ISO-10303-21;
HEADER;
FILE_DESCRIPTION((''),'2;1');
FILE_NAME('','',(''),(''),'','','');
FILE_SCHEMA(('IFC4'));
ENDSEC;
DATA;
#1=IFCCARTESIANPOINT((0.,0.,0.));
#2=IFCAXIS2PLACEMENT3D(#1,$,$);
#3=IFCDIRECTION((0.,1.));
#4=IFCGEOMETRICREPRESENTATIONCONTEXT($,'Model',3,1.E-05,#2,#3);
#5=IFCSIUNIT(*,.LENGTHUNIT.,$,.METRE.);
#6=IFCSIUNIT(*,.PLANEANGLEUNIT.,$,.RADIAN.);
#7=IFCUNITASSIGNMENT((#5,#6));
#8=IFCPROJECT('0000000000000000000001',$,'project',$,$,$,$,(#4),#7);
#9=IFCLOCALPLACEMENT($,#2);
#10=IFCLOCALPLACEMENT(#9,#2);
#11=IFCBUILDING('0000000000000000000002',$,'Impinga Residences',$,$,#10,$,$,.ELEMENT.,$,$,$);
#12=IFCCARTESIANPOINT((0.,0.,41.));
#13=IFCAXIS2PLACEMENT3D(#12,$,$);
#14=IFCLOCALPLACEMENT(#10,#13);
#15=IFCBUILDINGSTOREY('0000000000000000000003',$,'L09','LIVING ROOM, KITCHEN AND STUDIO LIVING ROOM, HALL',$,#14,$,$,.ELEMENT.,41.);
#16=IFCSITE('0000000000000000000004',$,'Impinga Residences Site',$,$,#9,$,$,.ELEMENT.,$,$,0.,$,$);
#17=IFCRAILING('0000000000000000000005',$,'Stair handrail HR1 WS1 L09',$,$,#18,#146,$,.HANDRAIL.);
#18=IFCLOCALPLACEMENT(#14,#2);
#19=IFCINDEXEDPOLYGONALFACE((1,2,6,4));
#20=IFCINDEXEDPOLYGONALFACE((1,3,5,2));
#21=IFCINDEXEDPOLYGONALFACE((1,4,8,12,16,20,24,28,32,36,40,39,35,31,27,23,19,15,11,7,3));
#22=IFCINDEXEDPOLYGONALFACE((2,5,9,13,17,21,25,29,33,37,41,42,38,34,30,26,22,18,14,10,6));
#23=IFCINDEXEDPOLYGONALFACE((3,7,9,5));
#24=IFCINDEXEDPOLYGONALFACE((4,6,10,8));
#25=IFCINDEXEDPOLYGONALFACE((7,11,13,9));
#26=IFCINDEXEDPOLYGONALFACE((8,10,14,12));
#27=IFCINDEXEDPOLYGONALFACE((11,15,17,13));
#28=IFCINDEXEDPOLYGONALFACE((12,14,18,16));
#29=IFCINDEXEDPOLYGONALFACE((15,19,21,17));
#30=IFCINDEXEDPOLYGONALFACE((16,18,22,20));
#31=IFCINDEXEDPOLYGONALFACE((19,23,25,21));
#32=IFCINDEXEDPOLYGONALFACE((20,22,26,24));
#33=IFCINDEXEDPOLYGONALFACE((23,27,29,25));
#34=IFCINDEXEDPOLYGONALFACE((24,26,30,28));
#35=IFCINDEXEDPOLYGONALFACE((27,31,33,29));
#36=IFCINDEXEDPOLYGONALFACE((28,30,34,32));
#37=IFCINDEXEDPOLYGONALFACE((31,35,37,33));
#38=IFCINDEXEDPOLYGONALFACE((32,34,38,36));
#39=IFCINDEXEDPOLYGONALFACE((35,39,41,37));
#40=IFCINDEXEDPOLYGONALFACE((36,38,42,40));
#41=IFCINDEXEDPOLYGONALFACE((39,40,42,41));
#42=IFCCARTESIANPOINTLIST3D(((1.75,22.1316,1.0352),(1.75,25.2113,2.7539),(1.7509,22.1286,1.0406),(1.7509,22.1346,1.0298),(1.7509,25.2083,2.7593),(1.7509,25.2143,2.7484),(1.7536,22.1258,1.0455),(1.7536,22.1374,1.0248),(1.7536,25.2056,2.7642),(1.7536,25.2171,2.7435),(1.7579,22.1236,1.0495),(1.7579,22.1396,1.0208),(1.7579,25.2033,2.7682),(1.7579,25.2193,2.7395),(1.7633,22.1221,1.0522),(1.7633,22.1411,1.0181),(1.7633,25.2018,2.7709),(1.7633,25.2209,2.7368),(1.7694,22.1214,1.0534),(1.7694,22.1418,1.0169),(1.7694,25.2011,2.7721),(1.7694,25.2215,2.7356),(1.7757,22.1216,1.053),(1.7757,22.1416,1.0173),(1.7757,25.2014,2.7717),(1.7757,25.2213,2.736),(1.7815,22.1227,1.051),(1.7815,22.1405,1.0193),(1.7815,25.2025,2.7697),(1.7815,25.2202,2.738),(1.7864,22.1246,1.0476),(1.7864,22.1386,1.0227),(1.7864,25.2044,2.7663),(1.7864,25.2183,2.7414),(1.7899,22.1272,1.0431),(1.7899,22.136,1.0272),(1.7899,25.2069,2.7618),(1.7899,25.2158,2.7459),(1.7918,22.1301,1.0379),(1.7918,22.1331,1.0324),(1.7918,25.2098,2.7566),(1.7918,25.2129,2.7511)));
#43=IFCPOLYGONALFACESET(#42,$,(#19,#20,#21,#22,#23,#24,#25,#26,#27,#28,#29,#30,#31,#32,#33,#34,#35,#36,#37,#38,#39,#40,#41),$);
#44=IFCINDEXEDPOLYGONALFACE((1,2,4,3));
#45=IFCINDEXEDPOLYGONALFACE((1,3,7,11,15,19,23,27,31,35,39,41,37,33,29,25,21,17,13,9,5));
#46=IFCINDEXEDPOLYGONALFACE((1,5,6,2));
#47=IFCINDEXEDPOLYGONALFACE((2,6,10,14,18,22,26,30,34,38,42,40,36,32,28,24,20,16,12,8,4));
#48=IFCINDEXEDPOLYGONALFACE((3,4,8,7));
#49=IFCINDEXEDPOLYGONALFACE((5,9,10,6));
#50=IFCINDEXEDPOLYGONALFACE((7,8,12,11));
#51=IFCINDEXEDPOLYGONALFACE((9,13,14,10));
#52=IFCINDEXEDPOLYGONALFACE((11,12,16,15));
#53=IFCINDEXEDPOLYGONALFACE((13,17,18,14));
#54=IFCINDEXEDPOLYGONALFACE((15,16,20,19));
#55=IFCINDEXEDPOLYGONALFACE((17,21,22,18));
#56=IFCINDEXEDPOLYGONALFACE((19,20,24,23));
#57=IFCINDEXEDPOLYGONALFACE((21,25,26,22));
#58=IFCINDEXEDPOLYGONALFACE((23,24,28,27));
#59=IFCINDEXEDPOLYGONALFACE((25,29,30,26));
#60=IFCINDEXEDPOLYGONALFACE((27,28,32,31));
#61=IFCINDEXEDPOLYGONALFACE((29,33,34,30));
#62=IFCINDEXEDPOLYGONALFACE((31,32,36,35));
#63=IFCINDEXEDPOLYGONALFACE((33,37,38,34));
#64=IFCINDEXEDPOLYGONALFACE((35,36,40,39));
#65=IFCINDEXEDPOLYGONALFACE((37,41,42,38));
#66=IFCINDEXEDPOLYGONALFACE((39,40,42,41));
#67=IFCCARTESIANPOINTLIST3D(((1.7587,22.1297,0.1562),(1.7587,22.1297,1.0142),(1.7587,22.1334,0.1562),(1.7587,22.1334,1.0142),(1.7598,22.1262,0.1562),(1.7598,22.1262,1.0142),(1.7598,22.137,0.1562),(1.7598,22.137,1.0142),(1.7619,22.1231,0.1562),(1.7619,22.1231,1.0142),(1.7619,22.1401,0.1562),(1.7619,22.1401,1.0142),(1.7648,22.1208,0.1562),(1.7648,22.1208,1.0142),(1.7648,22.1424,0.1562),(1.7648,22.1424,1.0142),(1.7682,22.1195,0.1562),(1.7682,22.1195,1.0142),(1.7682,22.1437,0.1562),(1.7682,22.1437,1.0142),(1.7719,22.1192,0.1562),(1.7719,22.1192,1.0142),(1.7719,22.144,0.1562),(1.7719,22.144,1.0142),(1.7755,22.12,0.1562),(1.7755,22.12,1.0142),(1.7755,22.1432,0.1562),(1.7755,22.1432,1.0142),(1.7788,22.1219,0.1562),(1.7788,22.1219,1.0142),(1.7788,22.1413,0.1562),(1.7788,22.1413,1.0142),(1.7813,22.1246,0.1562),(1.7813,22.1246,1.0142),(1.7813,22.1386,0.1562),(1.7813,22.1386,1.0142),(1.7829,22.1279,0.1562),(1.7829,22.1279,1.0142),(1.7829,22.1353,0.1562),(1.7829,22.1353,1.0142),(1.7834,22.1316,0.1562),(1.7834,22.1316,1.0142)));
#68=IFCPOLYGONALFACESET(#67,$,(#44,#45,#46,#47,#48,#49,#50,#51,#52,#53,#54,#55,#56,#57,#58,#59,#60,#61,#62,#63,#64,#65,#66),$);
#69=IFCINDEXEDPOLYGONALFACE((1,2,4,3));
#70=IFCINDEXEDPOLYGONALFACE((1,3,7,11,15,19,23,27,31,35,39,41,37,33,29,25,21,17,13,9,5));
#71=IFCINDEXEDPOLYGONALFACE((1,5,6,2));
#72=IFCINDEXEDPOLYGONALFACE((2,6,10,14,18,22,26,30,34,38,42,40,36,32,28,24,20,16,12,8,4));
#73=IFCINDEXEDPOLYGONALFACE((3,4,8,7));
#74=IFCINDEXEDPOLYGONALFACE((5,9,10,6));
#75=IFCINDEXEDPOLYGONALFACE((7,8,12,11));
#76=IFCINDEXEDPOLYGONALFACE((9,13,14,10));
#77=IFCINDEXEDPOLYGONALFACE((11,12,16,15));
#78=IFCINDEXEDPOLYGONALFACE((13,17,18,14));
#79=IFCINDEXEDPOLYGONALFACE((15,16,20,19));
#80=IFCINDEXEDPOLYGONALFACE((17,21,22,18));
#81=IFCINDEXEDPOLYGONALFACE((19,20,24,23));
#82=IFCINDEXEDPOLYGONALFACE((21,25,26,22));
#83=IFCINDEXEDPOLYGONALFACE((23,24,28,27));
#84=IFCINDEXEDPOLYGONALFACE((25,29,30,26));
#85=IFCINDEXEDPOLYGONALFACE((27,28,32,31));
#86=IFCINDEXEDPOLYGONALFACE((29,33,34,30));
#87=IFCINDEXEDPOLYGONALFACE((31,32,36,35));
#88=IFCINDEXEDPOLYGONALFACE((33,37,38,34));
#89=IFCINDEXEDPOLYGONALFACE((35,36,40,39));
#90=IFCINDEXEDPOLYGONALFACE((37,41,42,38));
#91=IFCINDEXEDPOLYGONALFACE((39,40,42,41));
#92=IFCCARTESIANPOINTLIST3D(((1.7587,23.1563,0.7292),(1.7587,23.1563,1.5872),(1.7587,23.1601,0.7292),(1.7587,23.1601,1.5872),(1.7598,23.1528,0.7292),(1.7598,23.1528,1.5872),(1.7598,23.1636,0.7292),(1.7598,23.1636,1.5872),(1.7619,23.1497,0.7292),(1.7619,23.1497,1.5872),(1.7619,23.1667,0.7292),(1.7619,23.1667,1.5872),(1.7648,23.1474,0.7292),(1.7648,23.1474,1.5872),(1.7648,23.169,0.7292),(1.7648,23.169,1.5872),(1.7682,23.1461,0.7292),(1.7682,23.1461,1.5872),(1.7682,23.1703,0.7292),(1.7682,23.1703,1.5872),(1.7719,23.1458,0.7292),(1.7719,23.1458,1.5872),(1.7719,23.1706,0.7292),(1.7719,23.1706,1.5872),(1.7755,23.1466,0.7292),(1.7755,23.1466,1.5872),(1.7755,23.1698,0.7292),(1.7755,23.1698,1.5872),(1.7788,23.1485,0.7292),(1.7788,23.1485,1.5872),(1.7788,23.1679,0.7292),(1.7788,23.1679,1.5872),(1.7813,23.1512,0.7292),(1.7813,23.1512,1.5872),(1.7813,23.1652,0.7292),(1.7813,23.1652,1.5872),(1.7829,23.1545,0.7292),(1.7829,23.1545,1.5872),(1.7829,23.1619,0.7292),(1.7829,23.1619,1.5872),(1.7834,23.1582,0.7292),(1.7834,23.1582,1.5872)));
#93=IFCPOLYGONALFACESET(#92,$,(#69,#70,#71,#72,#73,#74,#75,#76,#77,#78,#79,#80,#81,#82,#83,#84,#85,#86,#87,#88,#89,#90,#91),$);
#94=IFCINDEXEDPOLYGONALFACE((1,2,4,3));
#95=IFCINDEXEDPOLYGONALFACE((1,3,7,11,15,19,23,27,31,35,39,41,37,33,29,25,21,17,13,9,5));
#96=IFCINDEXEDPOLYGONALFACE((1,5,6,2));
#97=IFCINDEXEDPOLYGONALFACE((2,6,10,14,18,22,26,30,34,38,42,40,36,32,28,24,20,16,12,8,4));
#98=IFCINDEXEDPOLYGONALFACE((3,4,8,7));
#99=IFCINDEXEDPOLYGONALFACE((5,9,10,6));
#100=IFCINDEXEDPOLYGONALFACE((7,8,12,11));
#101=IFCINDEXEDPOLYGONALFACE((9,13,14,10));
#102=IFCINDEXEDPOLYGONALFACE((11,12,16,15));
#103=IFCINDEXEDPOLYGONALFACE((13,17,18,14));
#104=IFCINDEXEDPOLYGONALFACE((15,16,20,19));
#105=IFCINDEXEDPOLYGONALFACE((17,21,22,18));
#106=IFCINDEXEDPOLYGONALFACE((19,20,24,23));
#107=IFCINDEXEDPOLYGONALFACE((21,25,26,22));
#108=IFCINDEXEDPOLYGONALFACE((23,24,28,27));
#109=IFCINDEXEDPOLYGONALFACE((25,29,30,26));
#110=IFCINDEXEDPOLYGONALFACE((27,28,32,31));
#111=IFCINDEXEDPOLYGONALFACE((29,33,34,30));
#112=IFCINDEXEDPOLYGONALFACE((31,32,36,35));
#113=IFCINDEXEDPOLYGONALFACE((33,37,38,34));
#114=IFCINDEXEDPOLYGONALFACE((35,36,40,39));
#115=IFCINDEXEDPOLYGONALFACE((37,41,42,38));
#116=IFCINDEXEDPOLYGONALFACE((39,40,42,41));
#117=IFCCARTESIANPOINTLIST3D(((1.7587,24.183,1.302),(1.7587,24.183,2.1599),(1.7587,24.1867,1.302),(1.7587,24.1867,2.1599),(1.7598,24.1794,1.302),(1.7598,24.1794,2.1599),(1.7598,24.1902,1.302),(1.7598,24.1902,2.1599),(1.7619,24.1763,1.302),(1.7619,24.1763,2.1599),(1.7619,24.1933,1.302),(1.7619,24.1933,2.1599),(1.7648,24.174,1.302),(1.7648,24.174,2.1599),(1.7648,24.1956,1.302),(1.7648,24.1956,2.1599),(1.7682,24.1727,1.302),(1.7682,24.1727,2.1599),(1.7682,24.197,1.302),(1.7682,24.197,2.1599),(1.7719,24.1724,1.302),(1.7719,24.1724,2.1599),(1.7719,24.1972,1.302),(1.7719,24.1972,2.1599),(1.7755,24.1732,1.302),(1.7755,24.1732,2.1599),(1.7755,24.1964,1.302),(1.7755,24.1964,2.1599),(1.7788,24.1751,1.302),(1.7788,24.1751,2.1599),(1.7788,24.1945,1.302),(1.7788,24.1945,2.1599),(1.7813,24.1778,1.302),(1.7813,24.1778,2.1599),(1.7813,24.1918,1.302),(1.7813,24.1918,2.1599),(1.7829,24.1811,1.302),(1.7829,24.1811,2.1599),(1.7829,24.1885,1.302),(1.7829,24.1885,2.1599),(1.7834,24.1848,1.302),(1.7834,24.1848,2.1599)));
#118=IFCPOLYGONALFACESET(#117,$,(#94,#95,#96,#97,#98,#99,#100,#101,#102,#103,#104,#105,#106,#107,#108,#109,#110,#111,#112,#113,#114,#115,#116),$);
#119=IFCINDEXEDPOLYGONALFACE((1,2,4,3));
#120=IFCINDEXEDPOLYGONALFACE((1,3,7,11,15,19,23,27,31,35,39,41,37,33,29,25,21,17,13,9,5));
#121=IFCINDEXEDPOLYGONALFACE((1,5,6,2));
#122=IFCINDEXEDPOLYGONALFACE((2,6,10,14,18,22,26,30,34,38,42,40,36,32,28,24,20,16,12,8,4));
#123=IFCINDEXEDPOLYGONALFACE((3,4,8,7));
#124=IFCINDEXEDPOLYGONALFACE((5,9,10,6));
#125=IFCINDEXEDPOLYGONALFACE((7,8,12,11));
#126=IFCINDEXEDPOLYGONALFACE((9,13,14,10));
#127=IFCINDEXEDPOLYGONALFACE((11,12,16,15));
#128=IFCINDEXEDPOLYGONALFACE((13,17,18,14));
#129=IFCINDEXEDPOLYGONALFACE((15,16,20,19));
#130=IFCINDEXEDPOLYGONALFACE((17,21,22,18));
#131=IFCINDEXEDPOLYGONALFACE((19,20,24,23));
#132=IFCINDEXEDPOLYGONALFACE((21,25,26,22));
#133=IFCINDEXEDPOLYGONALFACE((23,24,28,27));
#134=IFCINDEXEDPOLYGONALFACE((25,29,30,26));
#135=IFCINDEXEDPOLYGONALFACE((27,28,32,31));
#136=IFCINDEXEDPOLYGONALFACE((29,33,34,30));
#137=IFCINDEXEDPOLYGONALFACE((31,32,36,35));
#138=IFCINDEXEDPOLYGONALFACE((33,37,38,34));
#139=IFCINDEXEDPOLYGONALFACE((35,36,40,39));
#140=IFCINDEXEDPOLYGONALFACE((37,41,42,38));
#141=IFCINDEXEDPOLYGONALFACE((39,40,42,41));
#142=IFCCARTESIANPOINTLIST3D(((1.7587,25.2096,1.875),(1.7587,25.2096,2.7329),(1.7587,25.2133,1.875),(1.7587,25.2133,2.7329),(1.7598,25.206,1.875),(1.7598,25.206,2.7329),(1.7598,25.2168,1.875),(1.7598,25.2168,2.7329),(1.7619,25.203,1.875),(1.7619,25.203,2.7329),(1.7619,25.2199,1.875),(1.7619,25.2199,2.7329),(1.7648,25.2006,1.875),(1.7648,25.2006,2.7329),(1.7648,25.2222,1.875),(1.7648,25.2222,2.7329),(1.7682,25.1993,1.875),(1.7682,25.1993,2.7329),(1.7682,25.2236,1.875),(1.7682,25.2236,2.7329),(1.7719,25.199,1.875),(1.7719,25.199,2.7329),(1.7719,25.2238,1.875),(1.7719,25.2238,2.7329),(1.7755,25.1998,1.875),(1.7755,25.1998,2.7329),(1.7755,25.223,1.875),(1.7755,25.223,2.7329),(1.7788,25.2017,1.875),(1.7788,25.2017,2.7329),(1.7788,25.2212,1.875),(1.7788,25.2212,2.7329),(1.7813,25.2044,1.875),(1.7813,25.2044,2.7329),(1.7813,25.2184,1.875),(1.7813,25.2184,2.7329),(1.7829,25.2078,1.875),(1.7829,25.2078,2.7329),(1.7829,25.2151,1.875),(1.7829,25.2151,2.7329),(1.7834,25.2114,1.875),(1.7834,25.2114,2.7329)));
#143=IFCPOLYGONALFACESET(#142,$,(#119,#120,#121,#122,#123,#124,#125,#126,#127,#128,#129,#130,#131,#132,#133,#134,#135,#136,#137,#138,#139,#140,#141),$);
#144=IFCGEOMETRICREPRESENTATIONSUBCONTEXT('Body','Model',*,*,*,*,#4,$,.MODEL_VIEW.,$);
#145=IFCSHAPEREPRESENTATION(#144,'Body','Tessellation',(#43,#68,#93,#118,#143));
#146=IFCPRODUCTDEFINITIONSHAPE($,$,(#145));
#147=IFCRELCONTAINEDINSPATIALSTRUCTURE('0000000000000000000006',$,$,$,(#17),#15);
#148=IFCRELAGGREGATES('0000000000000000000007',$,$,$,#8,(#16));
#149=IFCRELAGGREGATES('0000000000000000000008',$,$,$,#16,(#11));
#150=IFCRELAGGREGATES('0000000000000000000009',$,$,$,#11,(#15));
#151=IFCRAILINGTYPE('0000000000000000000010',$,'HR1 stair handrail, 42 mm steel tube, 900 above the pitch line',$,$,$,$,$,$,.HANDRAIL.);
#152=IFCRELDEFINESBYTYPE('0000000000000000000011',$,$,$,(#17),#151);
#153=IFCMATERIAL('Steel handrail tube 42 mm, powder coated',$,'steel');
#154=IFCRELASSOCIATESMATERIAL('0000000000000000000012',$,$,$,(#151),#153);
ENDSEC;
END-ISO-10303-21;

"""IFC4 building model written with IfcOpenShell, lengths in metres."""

from ifc_helpers import new_model, si_unit, direction, frame, origin, origin_2d, place, context, subcontext, project, spatial, circle, extrude, material, type_object, element, save


model = new_model("IFC4")

# Units and contexts
model_context = context("Model", 3, precision=1e-05, world=origin(), true_north=direction((0.0, 1.0)))
body_context = subcontext(model_context, "Body", "Model", "MODEL_VIEW")
ifc_project = project(units=[si_unit("LENGTHUNIT", "METRE"), si_unit("PLANEANGLEUNIT", "RADIAN")], contexts=[model_context])

# Site, building, storey
site_placement = place(None, origin())
site = spatial("IfcSite", under=ifc_project, at=site_placement, Name="Impinga Residences Site", CompositionType="ELEMENT", RefElevation=0.0)
building_placement = place(site_placement, origin())
building = spatial("IfcBuilding", under=site, at=building_placement, Name="Impinga Residences", CompositionType="ELEMENT")
storey_placement = place(building_placement, frame((0.0, 0.0, 41.0)))
storey = spatial("IfcBuildingStorey", under=building, at=storey_placement, Name="L09", Description="LIVING ROOM, KITCHEN AND STUDIO LIVING ROOM, HALL", CompositionType="ELEMENT", Elevation=41.0)

# Railing
ifc_material_1 = material(Name="Steel handrail tube 42 mm, powder coated", Category="steel")
railing_type = type_object("IfcRailingType", Name="HR1 stair handrail, 42 mm steel tube, 900 above the pitch line", PredefinedType="HANDRAIL", material=ifc_material_1)
railing_placement = place(storey_placement, frame((1.771, 22.1316, 0.1562)))
element("IfcRailing", 1, at=railing_placement, inside=storey, type_object=railing_type, Name="Stair handrail HR1 WS1 L09", PredefinedType="HANDRAIL", context=body_context, shape_type="SweptSolid", body=[
    extrude(circle(Radius=0.021, at=origin_2d()), frame((0.0, 0.0, 0.8789), z_axis=(0.0, 0.873225, 0.487317), x_axis=(-1.0, 0.0, 0.0)), (0.0, 0.0, 1.0), 3.5269),
    extrude(circle(Radius=0.0125, at=origin_2d()), origin(), (0.0, 0.0, 1.0), 0.8579),
    extrude(circle(Radius=0.0125, at=origin_2d()), frame((0.0, 1.0266, 0.573)), (0.0, 0.0, 1.0), 0.8579),
    extrude(circle(Radius=0.0125, at=origin_2d()), frame((0.0, 2.0532, 1.1458)), (0.0, 0.0, 1.0), 0.8579),
    extrude(circle(Radius=0.0125, at=origin_2d()), frame((0.0, 3.0798, 1.7188)), (0.0, 0.0, 1.0), 0.8579),
])

save(model, "model.ifc")
